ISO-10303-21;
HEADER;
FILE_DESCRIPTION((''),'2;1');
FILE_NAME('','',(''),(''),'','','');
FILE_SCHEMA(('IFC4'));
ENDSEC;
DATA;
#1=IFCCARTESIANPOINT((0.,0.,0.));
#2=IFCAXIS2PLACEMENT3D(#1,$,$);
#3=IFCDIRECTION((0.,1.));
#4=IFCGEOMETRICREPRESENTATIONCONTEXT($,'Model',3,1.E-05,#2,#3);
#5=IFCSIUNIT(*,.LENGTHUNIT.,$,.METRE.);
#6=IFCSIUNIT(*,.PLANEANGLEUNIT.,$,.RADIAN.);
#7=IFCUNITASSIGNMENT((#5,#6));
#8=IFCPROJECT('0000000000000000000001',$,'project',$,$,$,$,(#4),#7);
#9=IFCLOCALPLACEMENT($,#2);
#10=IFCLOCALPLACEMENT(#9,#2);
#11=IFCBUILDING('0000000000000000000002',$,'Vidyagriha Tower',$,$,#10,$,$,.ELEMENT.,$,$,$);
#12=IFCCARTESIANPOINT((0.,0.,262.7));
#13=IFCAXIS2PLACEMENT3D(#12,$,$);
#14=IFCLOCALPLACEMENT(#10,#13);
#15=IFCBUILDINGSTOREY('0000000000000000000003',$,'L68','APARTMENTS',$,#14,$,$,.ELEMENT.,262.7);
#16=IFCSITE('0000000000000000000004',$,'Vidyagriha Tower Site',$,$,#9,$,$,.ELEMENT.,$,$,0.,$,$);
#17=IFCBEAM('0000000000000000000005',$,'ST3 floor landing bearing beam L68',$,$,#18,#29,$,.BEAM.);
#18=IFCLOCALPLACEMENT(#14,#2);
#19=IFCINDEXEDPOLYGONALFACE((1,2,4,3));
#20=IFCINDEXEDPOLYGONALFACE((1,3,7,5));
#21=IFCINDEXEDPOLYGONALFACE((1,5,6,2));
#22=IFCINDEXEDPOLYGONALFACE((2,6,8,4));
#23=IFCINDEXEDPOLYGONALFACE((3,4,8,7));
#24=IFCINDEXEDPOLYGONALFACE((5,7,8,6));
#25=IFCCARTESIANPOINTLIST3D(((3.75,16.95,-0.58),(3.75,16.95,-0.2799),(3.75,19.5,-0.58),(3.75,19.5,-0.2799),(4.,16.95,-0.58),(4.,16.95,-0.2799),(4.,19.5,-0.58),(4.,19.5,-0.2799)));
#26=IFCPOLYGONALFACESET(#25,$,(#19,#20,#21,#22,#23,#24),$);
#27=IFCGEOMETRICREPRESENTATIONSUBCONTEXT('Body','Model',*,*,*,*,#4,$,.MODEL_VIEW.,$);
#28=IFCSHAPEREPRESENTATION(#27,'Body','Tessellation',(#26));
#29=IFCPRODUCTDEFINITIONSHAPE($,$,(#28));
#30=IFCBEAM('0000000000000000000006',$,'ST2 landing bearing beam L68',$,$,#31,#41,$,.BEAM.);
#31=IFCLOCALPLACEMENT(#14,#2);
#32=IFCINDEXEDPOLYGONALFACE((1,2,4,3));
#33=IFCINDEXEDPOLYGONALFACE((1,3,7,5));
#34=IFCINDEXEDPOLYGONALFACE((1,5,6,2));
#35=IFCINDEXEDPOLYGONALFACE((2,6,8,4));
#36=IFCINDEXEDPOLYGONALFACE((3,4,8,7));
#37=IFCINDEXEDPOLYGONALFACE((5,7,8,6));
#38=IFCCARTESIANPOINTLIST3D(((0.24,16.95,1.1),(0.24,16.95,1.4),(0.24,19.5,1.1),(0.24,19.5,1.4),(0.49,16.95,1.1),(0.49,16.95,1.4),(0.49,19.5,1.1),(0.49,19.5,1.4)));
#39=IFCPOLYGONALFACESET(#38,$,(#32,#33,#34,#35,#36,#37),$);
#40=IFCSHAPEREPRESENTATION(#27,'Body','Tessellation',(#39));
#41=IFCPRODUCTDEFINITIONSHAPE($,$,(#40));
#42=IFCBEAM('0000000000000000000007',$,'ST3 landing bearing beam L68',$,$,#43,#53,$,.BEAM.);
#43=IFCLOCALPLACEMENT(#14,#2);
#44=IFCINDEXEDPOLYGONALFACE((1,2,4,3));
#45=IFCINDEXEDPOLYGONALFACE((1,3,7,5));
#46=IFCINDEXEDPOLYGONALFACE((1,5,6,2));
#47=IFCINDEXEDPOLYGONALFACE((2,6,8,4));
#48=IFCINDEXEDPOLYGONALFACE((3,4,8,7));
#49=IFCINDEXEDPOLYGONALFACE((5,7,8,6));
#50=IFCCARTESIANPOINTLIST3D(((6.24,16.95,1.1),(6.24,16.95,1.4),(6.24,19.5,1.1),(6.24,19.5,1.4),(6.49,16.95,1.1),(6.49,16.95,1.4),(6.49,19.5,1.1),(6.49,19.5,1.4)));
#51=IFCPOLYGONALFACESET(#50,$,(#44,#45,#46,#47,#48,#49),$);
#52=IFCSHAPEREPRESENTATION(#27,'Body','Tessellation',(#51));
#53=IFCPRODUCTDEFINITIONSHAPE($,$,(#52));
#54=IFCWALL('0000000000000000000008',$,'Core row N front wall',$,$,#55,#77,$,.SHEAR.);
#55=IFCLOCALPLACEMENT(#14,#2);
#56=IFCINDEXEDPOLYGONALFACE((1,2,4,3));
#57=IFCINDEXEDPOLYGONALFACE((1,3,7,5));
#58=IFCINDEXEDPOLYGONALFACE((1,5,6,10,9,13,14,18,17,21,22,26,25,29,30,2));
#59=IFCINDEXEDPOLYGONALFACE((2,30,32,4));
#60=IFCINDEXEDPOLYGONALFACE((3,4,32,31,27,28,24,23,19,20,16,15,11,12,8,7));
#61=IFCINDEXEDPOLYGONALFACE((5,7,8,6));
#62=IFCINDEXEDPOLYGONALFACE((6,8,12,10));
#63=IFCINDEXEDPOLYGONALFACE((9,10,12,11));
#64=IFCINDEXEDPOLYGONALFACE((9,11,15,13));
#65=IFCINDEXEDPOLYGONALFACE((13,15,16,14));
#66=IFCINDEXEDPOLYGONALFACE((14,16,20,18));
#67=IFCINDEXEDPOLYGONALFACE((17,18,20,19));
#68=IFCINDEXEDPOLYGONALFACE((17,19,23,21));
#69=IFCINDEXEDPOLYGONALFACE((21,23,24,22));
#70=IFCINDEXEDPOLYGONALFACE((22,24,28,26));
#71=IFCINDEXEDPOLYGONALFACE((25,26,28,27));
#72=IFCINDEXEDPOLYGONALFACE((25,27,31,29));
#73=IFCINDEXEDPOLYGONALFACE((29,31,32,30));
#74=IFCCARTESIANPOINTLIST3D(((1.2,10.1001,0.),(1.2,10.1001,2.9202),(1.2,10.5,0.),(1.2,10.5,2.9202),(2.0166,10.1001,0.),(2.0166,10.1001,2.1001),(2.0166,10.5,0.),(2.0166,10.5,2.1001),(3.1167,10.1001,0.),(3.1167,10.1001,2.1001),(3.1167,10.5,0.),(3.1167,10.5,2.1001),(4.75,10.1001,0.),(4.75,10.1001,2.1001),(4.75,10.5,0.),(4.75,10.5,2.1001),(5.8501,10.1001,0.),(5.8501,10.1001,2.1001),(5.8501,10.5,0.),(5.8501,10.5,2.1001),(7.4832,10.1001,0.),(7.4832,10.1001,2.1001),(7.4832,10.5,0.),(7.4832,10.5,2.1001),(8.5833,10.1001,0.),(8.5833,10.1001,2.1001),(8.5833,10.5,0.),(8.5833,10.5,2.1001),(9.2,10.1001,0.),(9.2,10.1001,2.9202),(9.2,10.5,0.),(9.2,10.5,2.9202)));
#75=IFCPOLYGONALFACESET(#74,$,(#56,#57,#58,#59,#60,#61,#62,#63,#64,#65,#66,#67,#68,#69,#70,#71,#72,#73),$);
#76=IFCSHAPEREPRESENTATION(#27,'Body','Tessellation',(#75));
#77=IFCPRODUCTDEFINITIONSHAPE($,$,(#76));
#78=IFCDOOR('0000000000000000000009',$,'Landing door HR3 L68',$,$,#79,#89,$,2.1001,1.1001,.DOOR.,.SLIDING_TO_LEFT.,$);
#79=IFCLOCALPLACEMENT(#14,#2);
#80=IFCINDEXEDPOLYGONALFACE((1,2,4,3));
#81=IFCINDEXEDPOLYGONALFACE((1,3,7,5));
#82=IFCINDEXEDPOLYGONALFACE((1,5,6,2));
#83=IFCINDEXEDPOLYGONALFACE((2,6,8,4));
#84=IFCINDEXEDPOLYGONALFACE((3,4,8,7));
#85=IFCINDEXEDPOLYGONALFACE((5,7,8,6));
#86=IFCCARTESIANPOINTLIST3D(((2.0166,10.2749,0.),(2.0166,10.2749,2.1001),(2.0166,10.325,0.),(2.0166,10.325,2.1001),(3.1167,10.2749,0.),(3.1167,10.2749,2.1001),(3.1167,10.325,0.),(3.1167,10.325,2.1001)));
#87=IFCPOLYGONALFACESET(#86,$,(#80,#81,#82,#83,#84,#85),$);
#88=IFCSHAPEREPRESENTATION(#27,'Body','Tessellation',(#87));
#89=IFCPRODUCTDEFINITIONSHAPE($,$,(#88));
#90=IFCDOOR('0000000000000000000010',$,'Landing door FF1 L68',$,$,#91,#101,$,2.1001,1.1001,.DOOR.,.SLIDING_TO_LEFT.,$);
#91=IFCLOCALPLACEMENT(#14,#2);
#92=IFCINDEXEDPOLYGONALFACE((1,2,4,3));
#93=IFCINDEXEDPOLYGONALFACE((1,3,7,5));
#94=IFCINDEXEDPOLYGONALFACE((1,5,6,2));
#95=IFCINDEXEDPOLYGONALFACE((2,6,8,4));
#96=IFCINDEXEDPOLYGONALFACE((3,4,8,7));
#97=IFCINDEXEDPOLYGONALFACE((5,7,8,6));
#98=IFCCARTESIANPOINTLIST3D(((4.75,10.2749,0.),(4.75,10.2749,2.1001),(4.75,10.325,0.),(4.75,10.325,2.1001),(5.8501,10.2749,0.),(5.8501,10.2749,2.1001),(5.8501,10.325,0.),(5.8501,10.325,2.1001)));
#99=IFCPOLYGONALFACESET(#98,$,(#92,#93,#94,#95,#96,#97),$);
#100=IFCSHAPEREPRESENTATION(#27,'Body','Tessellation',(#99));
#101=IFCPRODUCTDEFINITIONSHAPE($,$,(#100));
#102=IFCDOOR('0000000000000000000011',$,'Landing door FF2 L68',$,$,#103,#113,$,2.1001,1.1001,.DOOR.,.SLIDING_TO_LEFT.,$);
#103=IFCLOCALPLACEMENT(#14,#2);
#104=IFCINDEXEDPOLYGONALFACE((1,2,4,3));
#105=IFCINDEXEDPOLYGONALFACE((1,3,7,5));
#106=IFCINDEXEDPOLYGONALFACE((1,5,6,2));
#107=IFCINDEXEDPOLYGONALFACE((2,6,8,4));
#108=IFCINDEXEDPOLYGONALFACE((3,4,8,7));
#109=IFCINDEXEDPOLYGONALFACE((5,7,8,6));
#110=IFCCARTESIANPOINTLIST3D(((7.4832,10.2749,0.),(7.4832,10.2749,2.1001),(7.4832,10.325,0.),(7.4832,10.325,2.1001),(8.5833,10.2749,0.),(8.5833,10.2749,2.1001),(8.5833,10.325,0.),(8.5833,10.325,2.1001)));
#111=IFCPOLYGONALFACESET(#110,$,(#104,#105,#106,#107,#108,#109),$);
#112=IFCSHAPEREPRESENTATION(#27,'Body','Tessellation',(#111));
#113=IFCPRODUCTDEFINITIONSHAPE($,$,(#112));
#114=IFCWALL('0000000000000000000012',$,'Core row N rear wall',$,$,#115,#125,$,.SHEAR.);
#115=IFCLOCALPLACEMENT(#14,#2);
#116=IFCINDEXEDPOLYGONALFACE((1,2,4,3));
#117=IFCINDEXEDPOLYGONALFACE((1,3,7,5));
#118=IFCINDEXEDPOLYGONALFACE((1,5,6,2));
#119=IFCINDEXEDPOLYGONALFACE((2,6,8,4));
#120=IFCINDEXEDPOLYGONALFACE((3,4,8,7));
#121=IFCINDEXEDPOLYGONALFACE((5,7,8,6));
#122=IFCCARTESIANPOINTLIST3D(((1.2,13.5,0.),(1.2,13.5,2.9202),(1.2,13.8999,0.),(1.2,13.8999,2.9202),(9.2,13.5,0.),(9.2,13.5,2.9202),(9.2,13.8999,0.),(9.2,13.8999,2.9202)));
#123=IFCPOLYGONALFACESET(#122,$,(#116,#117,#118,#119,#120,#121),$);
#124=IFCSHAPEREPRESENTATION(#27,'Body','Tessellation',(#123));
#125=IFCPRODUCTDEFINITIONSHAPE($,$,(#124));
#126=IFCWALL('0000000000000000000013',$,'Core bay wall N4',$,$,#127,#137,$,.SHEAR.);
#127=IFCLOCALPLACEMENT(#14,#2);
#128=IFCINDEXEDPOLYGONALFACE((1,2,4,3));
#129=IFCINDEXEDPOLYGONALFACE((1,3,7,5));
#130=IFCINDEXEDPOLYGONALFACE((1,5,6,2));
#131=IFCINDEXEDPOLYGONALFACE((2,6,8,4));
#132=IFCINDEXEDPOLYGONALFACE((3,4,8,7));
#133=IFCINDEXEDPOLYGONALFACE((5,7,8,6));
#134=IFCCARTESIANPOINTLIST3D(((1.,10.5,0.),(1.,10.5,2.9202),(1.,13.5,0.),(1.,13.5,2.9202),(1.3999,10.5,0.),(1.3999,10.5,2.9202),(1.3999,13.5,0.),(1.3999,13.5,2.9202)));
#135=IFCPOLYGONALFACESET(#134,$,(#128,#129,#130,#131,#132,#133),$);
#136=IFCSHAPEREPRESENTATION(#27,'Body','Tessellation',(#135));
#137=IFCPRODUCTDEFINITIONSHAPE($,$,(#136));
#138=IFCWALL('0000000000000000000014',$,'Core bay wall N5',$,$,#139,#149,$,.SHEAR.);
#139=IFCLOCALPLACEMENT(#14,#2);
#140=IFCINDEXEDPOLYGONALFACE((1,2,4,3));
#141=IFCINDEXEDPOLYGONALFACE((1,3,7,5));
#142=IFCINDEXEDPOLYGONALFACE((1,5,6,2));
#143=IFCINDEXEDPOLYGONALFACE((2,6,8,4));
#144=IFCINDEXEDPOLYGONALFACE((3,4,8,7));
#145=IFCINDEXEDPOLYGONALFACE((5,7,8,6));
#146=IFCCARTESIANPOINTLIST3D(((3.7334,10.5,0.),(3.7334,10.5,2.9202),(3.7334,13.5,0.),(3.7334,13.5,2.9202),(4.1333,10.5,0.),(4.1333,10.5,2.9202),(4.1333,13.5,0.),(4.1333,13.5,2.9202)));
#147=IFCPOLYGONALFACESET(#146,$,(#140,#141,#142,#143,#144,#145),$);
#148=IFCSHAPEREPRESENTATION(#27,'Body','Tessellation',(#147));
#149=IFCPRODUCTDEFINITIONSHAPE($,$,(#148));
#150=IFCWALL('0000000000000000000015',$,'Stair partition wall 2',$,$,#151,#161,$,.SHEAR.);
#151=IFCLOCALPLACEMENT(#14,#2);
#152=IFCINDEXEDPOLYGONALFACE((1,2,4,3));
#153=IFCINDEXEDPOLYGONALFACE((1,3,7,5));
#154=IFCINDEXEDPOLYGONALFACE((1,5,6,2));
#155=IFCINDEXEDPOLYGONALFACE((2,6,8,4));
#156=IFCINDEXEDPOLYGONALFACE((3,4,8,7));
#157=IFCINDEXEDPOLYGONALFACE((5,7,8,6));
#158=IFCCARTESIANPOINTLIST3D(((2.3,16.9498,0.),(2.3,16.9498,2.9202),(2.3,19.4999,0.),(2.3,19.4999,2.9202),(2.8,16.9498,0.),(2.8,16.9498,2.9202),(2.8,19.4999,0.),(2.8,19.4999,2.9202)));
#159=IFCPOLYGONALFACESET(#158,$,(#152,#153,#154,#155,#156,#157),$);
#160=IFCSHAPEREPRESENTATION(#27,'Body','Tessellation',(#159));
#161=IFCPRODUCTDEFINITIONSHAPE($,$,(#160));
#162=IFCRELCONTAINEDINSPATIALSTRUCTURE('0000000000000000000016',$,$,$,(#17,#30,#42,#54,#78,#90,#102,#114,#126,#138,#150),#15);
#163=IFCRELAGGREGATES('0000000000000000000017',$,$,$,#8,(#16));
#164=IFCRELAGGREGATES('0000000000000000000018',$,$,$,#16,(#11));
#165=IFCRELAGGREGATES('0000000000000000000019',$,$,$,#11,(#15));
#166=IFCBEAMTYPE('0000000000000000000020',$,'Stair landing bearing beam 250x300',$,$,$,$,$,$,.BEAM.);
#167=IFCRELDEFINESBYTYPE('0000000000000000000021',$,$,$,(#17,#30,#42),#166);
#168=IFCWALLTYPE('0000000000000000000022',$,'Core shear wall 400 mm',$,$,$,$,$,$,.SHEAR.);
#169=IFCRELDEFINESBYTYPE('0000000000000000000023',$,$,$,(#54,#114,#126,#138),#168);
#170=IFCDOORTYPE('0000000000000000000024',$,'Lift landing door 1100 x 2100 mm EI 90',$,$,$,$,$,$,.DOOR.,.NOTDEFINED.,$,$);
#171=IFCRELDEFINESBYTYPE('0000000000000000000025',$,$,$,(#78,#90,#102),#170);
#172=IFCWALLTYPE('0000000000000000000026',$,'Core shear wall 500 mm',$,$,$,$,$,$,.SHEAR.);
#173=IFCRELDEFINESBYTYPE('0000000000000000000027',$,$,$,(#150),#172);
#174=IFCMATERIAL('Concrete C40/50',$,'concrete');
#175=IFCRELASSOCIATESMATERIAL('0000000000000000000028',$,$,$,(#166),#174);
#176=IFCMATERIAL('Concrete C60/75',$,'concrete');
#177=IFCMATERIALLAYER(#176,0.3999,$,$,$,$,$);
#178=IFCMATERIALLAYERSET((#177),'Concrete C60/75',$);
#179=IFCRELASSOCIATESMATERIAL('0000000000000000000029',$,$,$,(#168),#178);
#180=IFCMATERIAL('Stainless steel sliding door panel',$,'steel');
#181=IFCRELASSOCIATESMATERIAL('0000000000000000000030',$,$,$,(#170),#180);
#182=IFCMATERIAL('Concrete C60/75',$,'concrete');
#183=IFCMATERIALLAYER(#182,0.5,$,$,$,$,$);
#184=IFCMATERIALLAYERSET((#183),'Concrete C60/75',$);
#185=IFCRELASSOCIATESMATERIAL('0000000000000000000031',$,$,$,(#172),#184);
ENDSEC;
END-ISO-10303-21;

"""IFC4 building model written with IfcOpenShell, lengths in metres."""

from ifc_helpers import new_model, si_unit, direction, frame, frame_2d, origin, origin_2d, place, context, subcontext, project, spatial, rectangle, extrude, material, layer, layer_set, material_profile, profile_set, type_object, element, fill, save


model = new_model("IFC4")

# Units and contexts
model_context = context("Model", 3, precision=1e-05, world=origin(), true_north=direction((0.0, 1.0)))
body_context = subcontext(model_context, "Body", "Model", "MODEL_VIEW")
ifc_project = project(units=[si_unit("LENGTHUNIT", "METRE"), si_unit("PLANEANGLEUNIT", "RADIAN")], contexts=[model_context])

# Site, building, storey
site_placement = place(None, origin())
site = spatial("IfcSite", under=ifc_project, at=site_placement, Name="Vidyagriha Tower Site", CompositionType="ELEMENT", RefElevation=0.0)
building_placement = place(site_placement, origin())
building = spatial("IfcBuilding", under=site, at=building_placement, Name="Vidyagriha Tower", CompositionType="ELEMENT")
storey_placement = place(building_placement, frame((0.0, 0.0, 262.7)))
storey = spatial("IfcBuildingStorey", under=building, at=storey_placement, Name="L68", Description="APARTMENTS", CompositionType="ELEMENT", Elevation=262.7)

# Beams
ifc_material_1 = material(Name="Concrete C40/50", Category="concrete")
ifc_material_profile = material_profile(ifc_material_1, rectangle(XDim=0.25, YDim=0.3, at=origin_2d()), Name="Stair landing bearing beam 250x300")
ifc_profile_set = profile_set([ifc_material_profile], Name="Concrete C40/50")
beam_type = type_object("IfcBeamType", Name="Stair landing bearing beam 250x300", PredefinedType="BEAM", material=ifc_profile_set)
for number, where, z_axis, x_axis, name in (
    (1, (3.875, 16.95, -0.4299), (0.0, 1.0, 0.0), (-1.0, 0.0, 0.0), "ST3 floor landing bearing beam L68"),
    (2, (0.365, 16.95, 1.25), (0.0, 1.0, 0.0), (-1.0, 0.0, 0.0), "ST2 landing bearing beam L68"),
    (3, (6.365, 16.95, 1.25), (0.0, 1.0, 0.0), (-1.0, 0.0, 0.0), "ST3 landing bearing beam L68"),
):
    element("IfcBeam", number, at=place(storey_placement, frame(where, z_axis=z_axis, x_axis=x_axis)), inside=storey, type_object=beam_type, Name=name, PredefinedType="BEAM", context=body_context, shape_type="SweptSolid", body=[
        extrude(rectangle(XDim=0.25, YDim=0.3, at=origin_2d()), origin(), (0.0, 0.0, 1.0), 2.55),
    ])

# Wall, openings, doors
ifc_material_2 = material(Name="Concrete C60/75", Category="concrete")
ifc_layer_1 = layer(ifc_material_2, 0.3999)
ifc_layer_set_1 = layer_set([ifc_layer_1], Name="Concrete C60/75")
wall_type_1 = type_object("IfcWallType", Name="Core shear wall 400 mm", PredefinedType="SHEAR", material=ifc_layer_set_1)
wall_1_placement = place(storey_placement, frame((1.2, 10.3, 0.0)))
wall_1 = element("IfcWall", 4, at=wall_1_placement, inside=storey, type_object=wall_type_1, Name="Core row N front wall", PredefinedType="SHEAR", context=body_context, shape_type="SweptSolid", body=[
    extrude(rectangle(XDim=8.0, YDim=0.3999, at=frame_2d((4.0, 0.0))), origin(), (0.0, 0.0, 1.0), 2.9202),
])
opening_1_placement = place(wall_1_placement, frame((0.8167, 0.0, 0.0)))
opening_1 = element("IfcOpeningElement", 5, at=opening_1_placement, cuts=wall_1, PredefinedType="OPENING", context=body_context, shape_type="SweptSolid", body=[
    extrude(rectangle(XDim=1.1001, YDim=2.1001, at=frame_2d((0.55, 1.05))), frame((0.0, 0.21, 0.0), z_axis=(0.0, -1.0, 0.0), x_axis=(1.0, 0.0, 0.0)), (0.0, 0.0, 1.0), 0.4199),
])
opening_2_placement = place(wall_1_placement, frame((3.55, 0.0, 0.0)))
opening_2 = element("IfcOpeningElement", 6, at=opening_2_placement, cuts=wall_1, PredefinedType="OPENING", context=body_context, shape_type="SweptSolid", body=[
    extrude(rectangle(XDim=1.1001, YDim=2.1001, at=frame_2d((0.55, 1.05))), frame((0.0, 0.21, 0.0), z_axis=(0.0, -1.0, 0.0), x_axis=(1.0, 0.0, 0.0)), (0.0, 0.0, 1.0), 0.4199),
])
opening_3_placement = place(wall_1_placement, frame((6.2832, 0.0, 0.0)))
opening_3 = element("IfcOpeningElement", 7, at=opening_3_placement, cuts=wall_1, PredefinedType="OPENING", context=body_context, shape_type="SweptSolid", body=[
    extrude(rectangle(XDim=1.1001, YDim=2.1001, at=frame_2d((0.55, 1.05))), frame((0.0, 0.21, 0.0), z_axis=(0.0, -1.0, 0.0), x_axis=(1.0, 0.0, 0.0)), (0.0, 0.0, 1.0), 0.4199),
])
ifc_material_3 = material(Name="Stainless steel sliding door panel", Category="steel")
door_type_1 = type_object("IfcDoorType", Name="Lift landing door 1100 x 2100 mm EI 90", OperationType="NOTDEFINED", PredefinedType="DOOR", material=ifc_material_3)
door_1_placement = place(opening_1_placement, origin())
door_1 = element("IfcDoor", 8, at=door_1_placement, inside=storey, type_object=door_type_1, Name="Landing door HR3 L68", OperationType="SLIDING_TO_LEFT", OverallHeight=2.1001, OverallWidth=1.1001, PredefinedType="DOOR", context=body_context, shape_type="SweptSolid", body=[
    extrude(rectangle(XDim=1.1001, YDim=2.1001, at=frame_2d((0.55, 1.05))), frame((0.0, 0.0249, 0.0), z_axis=(0.0, -1.0, 0.0), x_axis=(1.0, 0.0, 0.0)), (0.0, 0.0, 1.0), 0.05),
])
fill(opening_1, door_1)
door_2_placement = place(opening_2_placement, origin())
door_2 = element("IfcDoor", 9, at=door_2_placement, inside=storey, type_object=door_type_1, Name="Landing door FF1 L68", OperationType="SLIDING_TO_LEFT", OverallHeight=2.1001, OverallWidth=1.1001, PredefinedType="DOOR", context=body_context, shape_type="SweptSolid", body=[
    extrude(rectangle(XDim=1.1001, YDim=2.1001, at=frame_2d((0.55, 1.05))), frame((0.0, 0.0249, 0.0), z_axis=(0.0, -1.0, 0.0), x_axis=(1.0, 0.0, 0.0)), (0.0, 0.0, 1.0), 0.05),
])
fill(opening_2, door_2)
door_3_placement = place(opening_3_placement, origin())
door_3 = element("IfcDoor", 10, at=door_3_placement, inside=storey, type_object=door_type_1, Name="Landing door FF2 L68", OperationType="SLIDING_TO_LEFT", OverallHeight=2.1001, OverallWidth=1.1001, PredefinedType="DOOR", context=body_context, shape_type="SweptSolid", body=[
    extrude(rectangle(XDim=1.1001, YDim=2.1001, at=frame_2d((0.55, 1.05))), frame((0.0, 0.0249, 0.0), z_axis=(0.0, -1.0, 0.0), x_axis=(1.0, 0.0, 0.0)), (0.0, 0.0, 1.0), 0.05),
])
fill(opening_3, door_3)

# Walls
wall_2_placement = place(storey_placement, frame((1.2, 13.7, 0.0)))
element("IfcWall", 11, at=wall_2_placement, inside=storey, type_object=wall_type_1, Name="Core row N rear wall", PredefinedType="SHEAR", context=body_context, shape_type="SweptSolid", body=[
    extrude(rectangle(XDim=8.0, YDim=0.3999, at=frame_2d((4.0, 0.0))), origin(), (0.0, 0.0, 1.0), 2.9202),
])
for number, where, z_axis, x_axis, name in (
    (12, (1.2, 10.5, 0.0), (0.0, 0.0, 1.0), (0.0, 1.0, 0.0), "Core bay wall N4"),
    (13, (3.9333, 10.5, 0.0), (0.0, 0.0, 1.0), (0.0, 1.0, 0.0), "Core bay wall N5"),
):
    element("IfcWall", number, at=place(storey_placement, frame(where, z_axis=z_axis, x_axis=x_axis)), inside=storey, type_object=wall_type_1, Name=name, PredefinedType="SHEAR", context=body_context, shape_type="SweptSolid", body=[
        extrude(rectangle(XDim=3.0, YDim=0.3999, at=frame_2d((1.5, 0.0))), origin(), (0.0, 0.0, 1.0), 2.9202),
    ])
ifc_material_4 = material(Name="Concrete C60/75", Category="concrete")
ifc_layer_2 = layer(ifc_material_4, 0.5)
ifc_layer_set_2 = layer_set([ifc_layer_2], Name="Concrete C60/75")
wall_type_2 = type_object("IfcWallType", Name="Core shear wall 500 mm", PredefinedType="SHEAR", material=ifc_layer_set_2)
wall_3_placement = place(storey_placement, frame((2.55, 16.95, 0.0), z_axis=(0.0, 0.0, 1.0), x_axis=(0.0, 1.0, 0.0)))
element("IfcWall", 14, at=wall_3_placement, inside=storey, type_object=wall_type_2, Name="Stair partition wall 2", PredefinedType="SHEAR", context=body_context, shape_type="SweptSolid", body=[
    extrude(rectangle(XDim=2.55, YDim=0.5, at=frame_2d((1.2749, 0.0))), origin(), (0.0, 0.0, 1.0), 2.9202),
])

save(model, "model.ifc")
